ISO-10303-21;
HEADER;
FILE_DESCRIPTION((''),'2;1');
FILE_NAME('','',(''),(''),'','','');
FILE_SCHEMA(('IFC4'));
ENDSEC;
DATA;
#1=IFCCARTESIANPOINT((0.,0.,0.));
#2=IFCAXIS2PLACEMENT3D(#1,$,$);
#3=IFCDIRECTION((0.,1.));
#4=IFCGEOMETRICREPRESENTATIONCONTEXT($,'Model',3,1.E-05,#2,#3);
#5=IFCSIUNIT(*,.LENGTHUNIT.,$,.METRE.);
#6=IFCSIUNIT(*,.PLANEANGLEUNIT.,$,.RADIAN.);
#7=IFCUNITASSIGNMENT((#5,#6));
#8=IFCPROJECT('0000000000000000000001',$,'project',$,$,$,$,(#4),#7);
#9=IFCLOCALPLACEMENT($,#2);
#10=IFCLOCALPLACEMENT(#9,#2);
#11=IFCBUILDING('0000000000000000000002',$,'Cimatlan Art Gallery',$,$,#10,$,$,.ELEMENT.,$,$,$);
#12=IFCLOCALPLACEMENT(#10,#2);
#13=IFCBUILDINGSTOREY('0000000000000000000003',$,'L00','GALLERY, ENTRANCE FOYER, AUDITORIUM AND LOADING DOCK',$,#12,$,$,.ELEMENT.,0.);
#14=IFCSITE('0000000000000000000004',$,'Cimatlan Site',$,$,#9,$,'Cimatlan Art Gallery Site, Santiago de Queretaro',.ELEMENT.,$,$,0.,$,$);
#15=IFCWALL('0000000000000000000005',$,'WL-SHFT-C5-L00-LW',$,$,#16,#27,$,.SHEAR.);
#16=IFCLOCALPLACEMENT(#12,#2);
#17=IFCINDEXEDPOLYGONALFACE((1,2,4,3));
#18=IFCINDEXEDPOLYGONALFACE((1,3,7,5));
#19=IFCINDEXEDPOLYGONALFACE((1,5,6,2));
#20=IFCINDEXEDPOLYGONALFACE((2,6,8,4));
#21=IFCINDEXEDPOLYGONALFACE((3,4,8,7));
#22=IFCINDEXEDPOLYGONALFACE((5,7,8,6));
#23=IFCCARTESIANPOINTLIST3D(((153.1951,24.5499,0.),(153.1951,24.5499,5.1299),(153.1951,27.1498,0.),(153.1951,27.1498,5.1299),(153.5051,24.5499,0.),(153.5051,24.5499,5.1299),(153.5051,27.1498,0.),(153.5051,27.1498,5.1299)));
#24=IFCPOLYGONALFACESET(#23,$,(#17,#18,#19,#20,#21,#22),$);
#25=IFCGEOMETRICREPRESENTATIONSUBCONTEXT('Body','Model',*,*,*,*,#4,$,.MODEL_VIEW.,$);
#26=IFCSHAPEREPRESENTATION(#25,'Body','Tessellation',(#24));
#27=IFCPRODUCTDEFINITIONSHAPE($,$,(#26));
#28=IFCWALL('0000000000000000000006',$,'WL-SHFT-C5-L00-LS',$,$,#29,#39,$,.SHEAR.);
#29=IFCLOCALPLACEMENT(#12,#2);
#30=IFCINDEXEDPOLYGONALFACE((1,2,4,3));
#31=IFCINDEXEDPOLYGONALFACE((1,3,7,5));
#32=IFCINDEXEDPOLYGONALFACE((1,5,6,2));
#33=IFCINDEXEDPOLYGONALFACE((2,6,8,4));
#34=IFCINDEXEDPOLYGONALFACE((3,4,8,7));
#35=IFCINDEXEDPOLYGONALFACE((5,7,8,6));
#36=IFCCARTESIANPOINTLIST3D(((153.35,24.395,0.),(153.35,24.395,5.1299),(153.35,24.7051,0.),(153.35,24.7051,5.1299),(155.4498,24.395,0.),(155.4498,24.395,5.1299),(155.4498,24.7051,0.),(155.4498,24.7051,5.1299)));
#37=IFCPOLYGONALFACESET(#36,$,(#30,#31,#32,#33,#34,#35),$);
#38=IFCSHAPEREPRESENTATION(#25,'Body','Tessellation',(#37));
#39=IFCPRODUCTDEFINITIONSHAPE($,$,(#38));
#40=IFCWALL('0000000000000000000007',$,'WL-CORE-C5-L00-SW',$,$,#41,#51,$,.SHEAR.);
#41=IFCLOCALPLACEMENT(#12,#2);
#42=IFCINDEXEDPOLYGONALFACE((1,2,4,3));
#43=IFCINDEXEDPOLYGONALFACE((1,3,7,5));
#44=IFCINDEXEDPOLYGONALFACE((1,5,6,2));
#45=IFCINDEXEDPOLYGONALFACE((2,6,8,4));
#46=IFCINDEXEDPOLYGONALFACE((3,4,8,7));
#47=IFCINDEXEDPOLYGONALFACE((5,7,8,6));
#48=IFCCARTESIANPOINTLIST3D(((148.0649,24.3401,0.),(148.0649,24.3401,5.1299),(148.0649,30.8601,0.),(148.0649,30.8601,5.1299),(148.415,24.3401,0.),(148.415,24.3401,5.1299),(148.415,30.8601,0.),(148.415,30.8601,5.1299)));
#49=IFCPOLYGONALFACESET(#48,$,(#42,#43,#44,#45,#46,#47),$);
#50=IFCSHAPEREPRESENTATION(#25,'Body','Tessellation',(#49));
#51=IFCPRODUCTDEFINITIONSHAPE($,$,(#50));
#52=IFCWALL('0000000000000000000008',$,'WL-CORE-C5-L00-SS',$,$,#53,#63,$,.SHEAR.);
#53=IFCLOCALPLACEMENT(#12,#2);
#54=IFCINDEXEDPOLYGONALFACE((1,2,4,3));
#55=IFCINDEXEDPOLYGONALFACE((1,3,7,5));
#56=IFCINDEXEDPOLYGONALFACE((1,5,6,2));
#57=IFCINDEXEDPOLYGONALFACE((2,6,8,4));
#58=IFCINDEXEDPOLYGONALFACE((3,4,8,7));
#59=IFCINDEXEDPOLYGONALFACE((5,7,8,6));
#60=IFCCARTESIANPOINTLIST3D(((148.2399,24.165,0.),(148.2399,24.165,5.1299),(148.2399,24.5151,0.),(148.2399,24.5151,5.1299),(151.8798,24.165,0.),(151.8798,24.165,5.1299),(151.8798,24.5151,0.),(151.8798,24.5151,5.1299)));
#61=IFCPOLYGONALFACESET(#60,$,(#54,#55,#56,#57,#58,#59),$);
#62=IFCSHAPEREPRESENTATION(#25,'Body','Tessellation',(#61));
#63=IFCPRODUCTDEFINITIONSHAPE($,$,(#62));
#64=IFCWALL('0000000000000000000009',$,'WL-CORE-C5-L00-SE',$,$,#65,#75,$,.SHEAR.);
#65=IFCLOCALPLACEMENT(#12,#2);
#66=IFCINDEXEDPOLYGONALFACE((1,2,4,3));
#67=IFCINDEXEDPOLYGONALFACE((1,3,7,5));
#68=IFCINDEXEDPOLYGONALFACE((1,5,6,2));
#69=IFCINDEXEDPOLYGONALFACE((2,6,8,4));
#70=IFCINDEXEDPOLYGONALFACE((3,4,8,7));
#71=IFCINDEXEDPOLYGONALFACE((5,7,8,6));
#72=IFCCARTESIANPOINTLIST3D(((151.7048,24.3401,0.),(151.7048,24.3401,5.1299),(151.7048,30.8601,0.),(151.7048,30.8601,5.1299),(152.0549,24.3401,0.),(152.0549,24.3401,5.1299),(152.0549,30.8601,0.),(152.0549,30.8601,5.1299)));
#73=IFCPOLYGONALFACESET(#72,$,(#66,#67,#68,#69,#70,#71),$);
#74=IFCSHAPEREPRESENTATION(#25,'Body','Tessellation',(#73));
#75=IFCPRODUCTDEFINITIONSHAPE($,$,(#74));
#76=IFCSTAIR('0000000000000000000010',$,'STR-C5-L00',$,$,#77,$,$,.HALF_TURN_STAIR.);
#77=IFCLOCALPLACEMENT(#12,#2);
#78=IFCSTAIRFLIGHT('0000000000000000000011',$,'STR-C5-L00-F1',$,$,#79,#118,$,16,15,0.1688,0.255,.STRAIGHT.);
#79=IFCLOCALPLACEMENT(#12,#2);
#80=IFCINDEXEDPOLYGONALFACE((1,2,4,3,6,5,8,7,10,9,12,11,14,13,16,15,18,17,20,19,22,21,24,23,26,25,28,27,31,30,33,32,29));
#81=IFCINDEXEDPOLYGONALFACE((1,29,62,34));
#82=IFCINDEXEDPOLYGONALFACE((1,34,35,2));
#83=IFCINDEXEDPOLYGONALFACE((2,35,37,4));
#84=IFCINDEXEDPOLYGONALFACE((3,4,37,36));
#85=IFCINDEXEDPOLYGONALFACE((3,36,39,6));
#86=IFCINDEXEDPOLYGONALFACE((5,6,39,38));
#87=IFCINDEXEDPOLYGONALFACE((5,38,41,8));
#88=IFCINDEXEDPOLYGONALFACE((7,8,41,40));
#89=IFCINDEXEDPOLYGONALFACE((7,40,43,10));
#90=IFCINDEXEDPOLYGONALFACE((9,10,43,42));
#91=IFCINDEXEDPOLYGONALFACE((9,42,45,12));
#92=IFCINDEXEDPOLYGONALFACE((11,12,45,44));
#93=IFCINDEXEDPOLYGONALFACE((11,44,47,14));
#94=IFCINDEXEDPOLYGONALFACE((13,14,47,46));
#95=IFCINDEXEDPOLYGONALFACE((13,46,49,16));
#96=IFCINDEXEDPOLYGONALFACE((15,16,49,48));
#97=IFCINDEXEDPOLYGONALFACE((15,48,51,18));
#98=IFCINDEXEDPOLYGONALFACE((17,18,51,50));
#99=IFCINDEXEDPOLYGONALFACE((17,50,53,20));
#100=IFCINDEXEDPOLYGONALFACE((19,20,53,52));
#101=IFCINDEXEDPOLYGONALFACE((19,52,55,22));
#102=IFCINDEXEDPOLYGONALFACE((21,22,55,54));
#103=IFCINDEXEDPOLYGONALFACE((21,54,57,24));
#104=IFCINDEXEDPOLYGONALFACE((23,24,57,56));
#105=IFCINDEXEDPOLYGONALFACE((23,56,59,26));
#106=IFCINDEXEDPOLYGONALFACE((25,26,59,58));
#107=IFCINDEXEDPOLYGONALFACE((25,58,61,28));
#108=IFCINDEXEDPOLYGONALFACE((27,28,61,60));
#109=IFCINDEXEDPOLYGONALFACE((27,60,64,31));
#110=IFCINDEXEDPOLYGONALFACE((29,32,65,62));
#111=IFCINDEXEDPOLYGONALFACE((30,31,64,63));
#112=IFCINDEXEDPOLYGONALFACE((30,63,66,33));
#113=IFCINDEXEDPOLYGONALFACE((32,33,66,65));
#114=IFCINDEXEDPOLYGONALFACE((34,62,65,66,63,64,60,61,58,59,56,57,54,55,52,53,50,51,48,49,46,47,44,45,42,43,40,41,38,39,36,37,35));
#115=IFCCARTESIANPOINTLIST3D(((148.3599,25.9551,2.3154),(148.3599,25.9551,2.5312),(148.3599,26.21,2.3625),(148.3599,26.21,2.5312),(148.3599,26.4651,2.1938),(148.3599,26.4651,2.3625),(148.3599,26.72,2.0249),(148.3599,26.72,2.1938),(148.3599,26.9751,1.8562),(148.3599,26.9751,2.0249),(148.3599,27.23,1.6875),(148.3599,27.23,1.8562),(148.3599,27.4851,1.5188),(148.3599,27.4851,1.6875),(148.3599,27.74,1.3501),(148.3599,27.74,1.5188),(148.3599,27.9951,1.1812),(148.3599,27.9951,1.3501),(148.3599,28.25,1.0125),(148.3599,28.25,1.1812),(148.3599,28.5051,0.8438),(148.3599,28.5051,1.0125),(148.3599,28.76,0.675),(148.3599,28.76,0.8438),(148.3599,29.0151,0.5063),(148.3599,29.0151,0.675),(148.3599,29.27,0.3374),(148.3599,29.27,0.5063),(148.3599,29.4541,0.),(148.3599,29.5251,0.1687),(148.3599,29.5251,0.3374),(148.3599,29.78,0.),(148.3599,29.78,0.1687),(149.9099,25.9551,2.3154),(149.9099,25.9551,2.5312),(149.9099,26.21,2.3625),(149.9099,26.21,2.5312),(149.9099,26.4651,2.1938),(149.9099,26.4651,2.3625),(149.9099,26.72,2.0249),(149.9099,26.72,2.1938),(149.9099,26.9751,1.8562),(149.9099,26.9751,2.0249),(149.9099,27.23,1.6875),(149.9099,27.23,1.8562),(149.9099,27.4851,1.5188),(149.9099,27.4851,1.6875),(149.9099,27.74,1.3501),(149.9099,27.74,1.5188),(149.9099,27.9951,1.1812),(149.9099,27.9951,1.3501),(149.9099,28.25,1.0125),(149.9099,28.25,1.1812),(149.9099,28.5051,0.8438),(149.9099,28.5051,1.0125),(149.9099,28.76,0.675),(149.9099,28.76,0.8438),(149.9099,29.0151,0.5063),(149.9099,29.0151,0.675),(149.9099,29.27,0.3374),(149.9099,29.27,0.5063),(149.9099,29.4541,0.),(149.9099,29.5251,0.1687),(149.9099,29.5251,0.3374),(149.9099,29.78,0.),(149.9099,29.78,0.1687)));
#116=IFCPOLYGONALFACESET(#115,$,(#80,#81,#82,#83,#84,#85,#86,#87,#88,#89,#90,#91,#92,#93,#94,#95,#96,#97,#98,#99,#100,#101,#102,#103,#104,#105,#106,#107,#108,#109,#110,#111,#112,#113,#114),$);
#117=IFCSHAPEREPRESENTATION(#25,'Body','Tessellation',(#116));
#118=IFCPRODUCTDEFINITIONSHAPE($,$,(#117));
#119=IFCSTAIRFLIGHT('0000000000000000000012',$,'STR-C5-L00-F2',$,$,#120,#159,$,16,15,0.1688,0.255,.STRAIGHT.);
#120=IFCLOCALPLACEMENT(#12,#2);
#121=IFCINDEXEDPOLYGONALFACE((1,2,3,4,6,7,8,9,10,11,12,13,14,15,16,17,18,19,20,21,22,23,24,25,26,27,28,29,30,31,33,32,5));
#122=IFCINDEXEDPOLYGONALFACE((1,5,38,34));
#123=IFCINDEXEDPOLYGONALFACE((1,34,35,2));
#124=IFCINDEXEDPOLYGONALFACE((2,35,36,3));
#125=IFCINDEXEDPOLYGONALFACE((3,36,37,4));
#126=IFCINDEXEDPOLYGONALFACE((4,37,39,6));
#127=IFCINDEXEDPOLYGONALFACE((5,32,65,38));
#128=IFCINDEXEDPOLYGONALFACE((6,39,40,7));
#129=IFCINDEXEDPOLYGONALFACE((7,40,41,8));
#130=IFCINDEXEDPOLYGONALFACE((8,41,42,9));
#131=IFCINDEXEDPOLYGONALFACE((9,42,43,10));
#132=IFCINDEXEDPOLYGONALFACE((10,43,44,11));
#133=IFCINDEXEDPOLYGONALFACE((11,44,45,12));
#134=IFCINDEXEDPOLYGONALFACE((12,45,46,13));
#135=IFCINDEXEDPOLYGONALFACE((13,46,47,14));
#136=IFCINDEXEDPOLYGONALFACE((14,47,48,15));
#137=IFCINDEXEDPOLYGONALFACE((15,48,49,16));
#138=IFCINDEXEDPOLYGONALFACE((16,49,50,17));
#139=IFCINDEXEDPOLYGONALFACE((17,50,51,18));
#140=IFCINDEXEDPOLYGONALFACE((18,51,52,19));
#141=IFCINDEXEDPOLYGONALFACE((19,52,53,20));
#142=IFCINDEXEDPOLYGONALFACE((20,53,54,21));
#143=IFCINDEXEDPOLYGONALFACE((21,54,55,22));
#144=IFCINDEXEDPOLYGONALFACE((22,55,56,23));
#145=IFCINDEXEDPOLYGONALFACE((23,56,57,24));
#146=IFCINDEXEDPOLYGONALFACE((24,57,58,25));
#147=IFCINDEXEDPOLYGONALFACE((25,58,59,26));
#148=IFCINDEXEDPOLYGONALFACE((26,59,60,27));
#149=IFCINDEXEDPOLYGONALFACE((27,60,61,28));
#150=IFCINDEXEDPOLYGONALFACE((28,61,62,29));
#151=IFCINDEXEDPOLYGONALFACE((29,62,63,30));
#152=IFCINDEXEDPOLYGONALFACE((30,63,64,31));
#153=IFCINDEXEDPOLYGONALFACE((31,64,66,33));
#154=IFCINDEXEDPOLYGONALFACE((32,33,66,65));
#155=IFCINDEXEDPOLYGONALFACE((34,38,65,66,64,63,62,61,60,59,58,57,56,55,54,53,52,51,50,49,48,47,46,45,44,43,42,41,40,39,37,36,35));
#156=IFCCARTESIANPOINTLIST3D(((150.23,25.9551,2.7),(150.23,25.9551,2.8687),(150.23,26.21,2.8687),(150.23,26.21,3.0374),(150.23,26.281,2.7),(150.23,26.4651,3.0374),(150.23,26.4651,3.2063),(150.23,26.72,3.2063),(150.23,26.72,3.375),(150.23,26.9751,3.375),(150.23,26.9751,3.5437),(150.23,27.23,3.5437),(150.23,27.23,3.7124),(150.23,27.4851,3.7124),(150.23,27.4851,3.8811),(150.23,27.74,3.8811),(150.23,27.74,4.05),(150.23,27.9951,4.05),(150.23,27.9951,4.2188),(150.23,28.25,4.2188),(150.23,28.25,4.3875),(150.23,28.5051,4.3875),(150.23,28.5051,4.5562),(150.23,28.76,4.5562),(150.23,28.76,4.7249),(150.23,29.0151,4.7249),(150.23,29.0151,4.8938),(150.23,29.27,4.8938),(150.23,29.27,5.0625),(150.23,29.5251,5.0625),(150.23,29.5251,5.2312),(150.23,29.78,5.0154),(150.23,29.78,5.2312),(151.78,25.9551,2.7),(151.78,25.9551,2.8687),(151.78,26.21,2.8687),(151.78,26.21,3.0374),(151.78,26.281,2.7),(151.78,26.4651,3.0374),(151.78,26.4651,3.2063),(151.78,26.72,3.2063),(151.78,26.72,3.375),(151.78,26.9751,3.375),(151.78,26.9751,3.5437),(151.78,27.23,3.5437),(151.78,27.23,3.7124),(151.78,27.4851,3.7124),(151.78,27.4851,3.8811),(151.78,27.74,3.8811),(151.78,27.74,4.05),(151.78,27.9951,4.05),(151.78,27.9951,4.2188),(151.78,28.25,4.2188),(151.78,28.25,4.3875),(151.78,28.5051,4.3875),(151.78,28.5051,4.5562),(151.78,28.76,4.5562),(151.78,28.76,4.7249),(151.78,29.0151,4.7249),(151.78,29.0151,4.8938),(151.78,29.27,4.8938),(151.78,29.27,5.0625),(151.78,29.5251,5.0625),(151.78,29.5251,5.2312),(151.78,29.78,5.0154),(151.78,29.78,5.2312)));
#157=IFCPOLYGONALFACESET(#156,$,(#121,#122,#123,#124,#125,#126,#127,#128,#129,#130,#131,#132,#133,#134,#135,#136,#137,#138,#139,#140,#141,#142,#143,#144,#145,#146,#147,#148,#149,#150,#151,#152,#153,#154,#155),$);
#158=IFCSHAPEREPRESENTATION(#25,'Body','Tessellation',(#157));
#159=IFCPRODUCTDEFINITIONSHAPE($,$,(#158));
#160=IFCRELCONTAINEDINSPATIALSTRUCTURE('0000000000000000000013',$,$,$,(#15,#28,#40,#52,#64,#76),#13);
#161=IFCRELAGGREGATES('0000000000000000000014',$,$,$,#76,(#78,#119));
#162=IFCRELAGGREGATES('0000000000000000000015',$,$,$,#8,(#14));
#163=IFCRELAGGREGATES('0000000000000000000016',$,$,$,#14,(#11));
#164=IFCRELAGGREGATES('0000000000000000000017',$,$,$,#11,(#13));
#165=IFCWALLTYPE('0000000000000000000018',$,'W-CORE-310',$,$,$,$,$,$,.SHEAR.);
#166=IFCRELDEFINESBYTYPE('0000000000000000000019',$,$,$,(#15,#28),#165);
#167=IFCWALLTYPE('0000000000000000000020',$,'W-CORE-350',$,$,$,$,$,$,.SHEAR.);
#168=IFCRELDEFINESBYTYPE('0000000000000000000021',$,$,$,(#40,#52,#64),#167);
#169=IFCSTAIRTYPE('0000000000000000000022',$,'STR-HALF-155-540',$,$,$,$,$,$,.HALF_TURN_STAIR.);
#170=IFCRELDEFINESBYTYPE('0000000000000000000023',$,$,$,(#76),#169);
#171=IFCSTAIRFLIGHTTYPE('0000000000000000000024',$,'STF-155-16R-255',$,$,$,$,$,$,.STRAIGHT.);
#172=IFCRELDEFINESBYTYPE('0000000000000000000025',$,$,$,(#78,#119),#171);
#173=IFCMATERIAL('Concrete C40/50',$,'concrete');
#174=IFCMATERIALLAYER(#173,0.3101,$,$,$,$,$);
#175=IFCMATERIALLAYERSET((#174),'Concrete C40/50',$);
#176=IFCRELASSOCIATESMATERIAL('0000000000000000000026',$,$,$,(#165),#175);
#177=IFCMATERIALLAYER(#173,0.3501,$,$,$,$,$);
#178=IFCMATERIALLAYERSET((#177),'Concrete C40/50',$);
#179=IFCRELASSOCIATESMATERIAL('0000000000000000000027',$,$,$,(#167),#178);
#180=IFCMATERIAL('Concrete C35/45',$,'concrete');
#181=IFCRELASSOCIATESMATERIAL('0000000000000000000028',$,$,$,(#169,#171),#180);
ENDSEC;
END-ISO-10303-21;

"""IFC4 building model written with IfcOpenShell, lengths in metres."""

from ifc_helpers import new_model, si_unit, direction, frame, frame_2d, origin, place, context, subcontext, project, spatial, polyline, rectangle, outline, extrude, material, layer, layer_set, type_object, element, aggregate, save


model = new_model("IFC4")

# Units and contexts
model_context = context("Model", 3, precision=1e-05, world=origin(), true_north=direction((0.0, 1.0)))
body_context = subcontext(model_context, "Body", "Model", "MODEL_VIEW")
ifc_project = project(units=[si_unit("LENGTHUNIT", "METRE"), si_unit("PLANEANGLEUNIT", "RADIAN")], contexts=[model_context])

# Site, building, storey
site_placement = place(None, origin())
site = spatial("IfcSite", under=ifc_project, at=site_placement, Name="Cimatlan Site", LongName="Cimatlan Art Gallery Site, Santiago de Queretaro", CompositionType="ELEMENT", RefElevation=0.0)
building_placement = place(site_placement, origin())
building = spatial("IfcBuilding", under=site, at=building_placement, Name="Cimatlan Art Gallery", CompositionType="ELEMENT")
storey_placement = place(building_placement, origin())
storey = spatial("IfcBuildingStorey", under=building, at=storey_placement, Name="L00", Description="GALLERY, ENTRANCE FOYER, AUDITORIUM AND LOADING DOCK", CompositionType="ELEMENT", Elevation=0.0)

# Shared definitions
ifc_material_1 = material(Name="Concrete C40/50", Category="concrete")

# Walls
ifc_layer_1 = layer(ifc_material_1, 0.3101)
ifc_layer_set_1 = layer_set([ifc_layer_1], Name="Concrete C40/50")
wall_type_1 = type_object("IfcWallType", Name="W-CORE-310", PredefinedType="SHEAR", material=ifc_layer_set_1)
wall_1_placement = place(storey_placement, frame((153.3501, 24.55, 0.0), z_axis=(0.0, 0.0, 1.0), x_axis=(0.0, 1.0, 0.0)))
element("IfcWall", 1, at=wall_1_placement, inside=storey, type_object=wall_type_1, Name="WL-SHFT-C5-L00-LW", PredefinedType="SHEAR", context=body_context, shape_type="SweptSolid", body=[
    extrude(rectangle(XDim=2.5999, YDim=0.3101, at=frame_2d((1.2998, 0.0))), origin(), (0.0, 0.0, 1.0), 5.1299),
])
wall_2_placement = place(storey_placement, frame((153.3501, 24.55, 0.0), z_axis=(0.0, 0.0, 1.0), x_axis=(1.0, 0.0, 0.0)))
element("IfcWall", 2, at=wall_2_placement, inside=storey, type_object=wall_type_1, Name="WL-SHFT-C5-L00-LS", PredefinedType="SHEAR", context=body_context, shape_type="SweptSolid", body=[
    extrude(rectangle(XDim=2.0999, YDim=0.3101, at=frame_2d((1.0498, 0.0))), origin(), (0.0, 0.0, 1.0), 5.1299),
])

# Walls
ifc_layer_2 = layer(ifc_material_1, 0.3501)
ifc_layer_set_2 = layer_set([ifc_layer_2], Name="Concrete C40/50")
wall_type_2 = type_object("IfcWallType", Name="W-CORE-350", PredefinedType="SHEAR", material=ifc_layer_set_2)
wall_3_placement = place(storey_placement, frame((148.24, 24.3401, 0.0), z_axis=(0.0, 0.0, 1.0), x_axis=(0.0, 1.0, 0.0)))
element("IfcWall", 3, at=wall_3_placement, inside=storey, type_object=wall_type_2, Name="WL-CORE-C5-L00-SW", PredefinedType="SHEAR", context=body_context, shape_type="SweptSolid", body=[
    extrude(rectangle(XDim=6.52, YDim=0.3501, at=frame_2d((3.26, 0.0))), origin(), (0.0, 0.0, 1.0), 5.1299),
])
wall_4_placement = place(storey_placement, frame((148.24, 24.3401, 0.0), z_axis=(0.0, 0.0, 1.0), x_axis=(1.0, 0.0, 0.0)))
element("IfcWall", 4, at=wall_4_placement, inside=storey, type_object=wall_type_2, Name="WL-CORE-C5-L00-SS", PredefinedType="SHEAR", context=body_context, shape_type="SweptSolid", body=[
    extrude(rectangle(XDim=3.6399, YDim=0.3501, at=frame_2d((1.8198, 0.0))), origin(), (0.0, 0.0, 1.0), 5.1299),
])
wall_5_placement = place(storey_placement, frame((151.8799, 24.3401, 0.0), z_axis=(0.0, 0.0, 1.0), x_axis=(0.0, 1.0, 0.0)))
element("IfcWall", 5, at=wall_5_placement, inside=storey, type_object=wall_type_2, Name="WL-CORE-C5-L00-SE", PredefinedType="SHEAR", context=body_context, shape_type="SweptSolid", body=[
    extrude(rectangle(XDim=6.52, YDim=0.3501, at=frame_2d((3.26, 0.0))), origin(), (0.0, 0.0, 1.0), 5.1299),
])

# Stair, stair flights
ifc_material_2 = material(Name="Concrete C35/45", Category="concrete")
stair_type = type_object("IfcStairType", Name="STR-HALF-155-540", PredefinedType="HALF_TURN_STAIR", material=ifc_material_2)
stair_placement = place(storey_placement, origin())
stair = element("IfcStair", 6, at=stair_placement, inside=storey, type_object=stair_type, Name="STR-C5-L00", PredefinedType="HALF_TURN_STAIR")
stair_flight_type = type_object("IfcStairFlightType", Name="STF-155-16R-255", PredefinedType="STRAIGHT", material=ifc_material_2)
stair_flight_1_placement = place(storey_placement, frame((149.135, 29.78, 0.0), z_axis=(0.0, 0.0, 1.0), x_axis=(0.0, -1.0, 0.0)))
stair_flight_1 = element("IfcStairFlight", 7, at=stair_flight_1_placement, type_object=stair_flight_type, Name="STR-C5-L00-F1", NumberOfRisers=16, NumberOfTreads=15, PredefinedType="STRAIGHT", RiserHeight=0.1688, TreadLength=0.255, context=body_context, shape_type="SweptSolid", body=[
    extrude(outline(polyline([(0.0, 0.0), (0.0, 0.1687), (0.2549, 0.1687), (0.2549, 0.3374), (0.51, 0.3374), (0.51, 0.5063), (0.7649, 0.5063), (0.7649, 0.675), (1.02, 0.675), (1.02, 0.8438), (1.2749, 0.8438), (1.2749, 1.0125), (1.53, 1.0125), (1.53, 1.1812), (1.7849, 1.1812), (1.7849, 1.3501), (2.04, 1.3501), (2.04, 1.5188), (2.2949, 1.5188), (2.2949, 1.6875), (2.55, 1.6875), (2.55, 1.8562), (2.8049, 1.8562), (2.8049, 2.0249), (3.0601, 2.0249), (3.0601, 2.1938), (3.3149, 2.1938), (3.3149, 2.3625), (3.5701, 2.3625), (3.5701, 2.5312), (3.825, 2.5312), (3.825, 2.7), (3.825, 2.3154), (0.3259, 0.0), (0.0, 0.0)])), frame((0.0, 0.7749, 0.0), z_axis=(0.0, -1.0, 0.0), x_axis=(1.0, 0.0, 0.0)), (0.0, 0.0, 1.0), 1.55),
])
stair_flight_2_placement = place(storey_placement, frame((151.0049, 25.9551, 2.7), z_axis=(0.0, 0.0, 1.0), x_axis=(0.0, 1.0, 0.0)))
stair_flight_2 = element("IfcStairFlight", 8, at=stair_flight_2_placement, type_object=stair_flight_type, Name="STR-C5-L00-F2", NumberOfRisers=16, NumberOfTreads=15, PredefinedType="STRAIGHT", RiserHeight=0.1688, TreadLength=0.255, context=body_context, shape_type="SweptSolid", body=[
    extrude(outline(polyline([(0.0, 0.0), (0.0, 0.1687), (0.2549, 0.1687), (0.2549, 0.3374), (0.51, 0.3374), (0.51, 0.5063), (0.7649, 0.5063), (0.7649, 0.675), (1.02, 0.675), (1.02, 0.8438), (1.2749, 0.8438), (1.2749, 1.0125), (1.53, 1.0125), (1.53, 1.1812), (1.7849, 1.1812), (1.7849, 1.3501), (2.04, 1.3501), (2.04, 1.5188), (2.2949, 1.5188), (2.2949, 1.6875), (2.55, 1.6875), (2.55, 1.8562), (2.8049, 1.8562), (2.8049, 2.0249), (3.0601, 2.0249), (3.0601, 2.1938), (3.3149, 2.1938), (3.3149, 2.3625), (3.5701, 2.3625), (3.5701, 2.5312), (3.825, 2.5312), (3.825, 2.7), (3.825, 2.3154), (0.3259, 0.0), (0.0, 0.0)])), frame((0.0, 0.7749, 0.0), z_axis=(0.0, -1.0, 0.0), x_axis=(1.0, 0.0, 0.0)), (0.0, 0.0, 1.0), 1.55),
])
aggregate(stair, [stair_flight_1, stair_flight_2])

save(model, "model.ifc")
